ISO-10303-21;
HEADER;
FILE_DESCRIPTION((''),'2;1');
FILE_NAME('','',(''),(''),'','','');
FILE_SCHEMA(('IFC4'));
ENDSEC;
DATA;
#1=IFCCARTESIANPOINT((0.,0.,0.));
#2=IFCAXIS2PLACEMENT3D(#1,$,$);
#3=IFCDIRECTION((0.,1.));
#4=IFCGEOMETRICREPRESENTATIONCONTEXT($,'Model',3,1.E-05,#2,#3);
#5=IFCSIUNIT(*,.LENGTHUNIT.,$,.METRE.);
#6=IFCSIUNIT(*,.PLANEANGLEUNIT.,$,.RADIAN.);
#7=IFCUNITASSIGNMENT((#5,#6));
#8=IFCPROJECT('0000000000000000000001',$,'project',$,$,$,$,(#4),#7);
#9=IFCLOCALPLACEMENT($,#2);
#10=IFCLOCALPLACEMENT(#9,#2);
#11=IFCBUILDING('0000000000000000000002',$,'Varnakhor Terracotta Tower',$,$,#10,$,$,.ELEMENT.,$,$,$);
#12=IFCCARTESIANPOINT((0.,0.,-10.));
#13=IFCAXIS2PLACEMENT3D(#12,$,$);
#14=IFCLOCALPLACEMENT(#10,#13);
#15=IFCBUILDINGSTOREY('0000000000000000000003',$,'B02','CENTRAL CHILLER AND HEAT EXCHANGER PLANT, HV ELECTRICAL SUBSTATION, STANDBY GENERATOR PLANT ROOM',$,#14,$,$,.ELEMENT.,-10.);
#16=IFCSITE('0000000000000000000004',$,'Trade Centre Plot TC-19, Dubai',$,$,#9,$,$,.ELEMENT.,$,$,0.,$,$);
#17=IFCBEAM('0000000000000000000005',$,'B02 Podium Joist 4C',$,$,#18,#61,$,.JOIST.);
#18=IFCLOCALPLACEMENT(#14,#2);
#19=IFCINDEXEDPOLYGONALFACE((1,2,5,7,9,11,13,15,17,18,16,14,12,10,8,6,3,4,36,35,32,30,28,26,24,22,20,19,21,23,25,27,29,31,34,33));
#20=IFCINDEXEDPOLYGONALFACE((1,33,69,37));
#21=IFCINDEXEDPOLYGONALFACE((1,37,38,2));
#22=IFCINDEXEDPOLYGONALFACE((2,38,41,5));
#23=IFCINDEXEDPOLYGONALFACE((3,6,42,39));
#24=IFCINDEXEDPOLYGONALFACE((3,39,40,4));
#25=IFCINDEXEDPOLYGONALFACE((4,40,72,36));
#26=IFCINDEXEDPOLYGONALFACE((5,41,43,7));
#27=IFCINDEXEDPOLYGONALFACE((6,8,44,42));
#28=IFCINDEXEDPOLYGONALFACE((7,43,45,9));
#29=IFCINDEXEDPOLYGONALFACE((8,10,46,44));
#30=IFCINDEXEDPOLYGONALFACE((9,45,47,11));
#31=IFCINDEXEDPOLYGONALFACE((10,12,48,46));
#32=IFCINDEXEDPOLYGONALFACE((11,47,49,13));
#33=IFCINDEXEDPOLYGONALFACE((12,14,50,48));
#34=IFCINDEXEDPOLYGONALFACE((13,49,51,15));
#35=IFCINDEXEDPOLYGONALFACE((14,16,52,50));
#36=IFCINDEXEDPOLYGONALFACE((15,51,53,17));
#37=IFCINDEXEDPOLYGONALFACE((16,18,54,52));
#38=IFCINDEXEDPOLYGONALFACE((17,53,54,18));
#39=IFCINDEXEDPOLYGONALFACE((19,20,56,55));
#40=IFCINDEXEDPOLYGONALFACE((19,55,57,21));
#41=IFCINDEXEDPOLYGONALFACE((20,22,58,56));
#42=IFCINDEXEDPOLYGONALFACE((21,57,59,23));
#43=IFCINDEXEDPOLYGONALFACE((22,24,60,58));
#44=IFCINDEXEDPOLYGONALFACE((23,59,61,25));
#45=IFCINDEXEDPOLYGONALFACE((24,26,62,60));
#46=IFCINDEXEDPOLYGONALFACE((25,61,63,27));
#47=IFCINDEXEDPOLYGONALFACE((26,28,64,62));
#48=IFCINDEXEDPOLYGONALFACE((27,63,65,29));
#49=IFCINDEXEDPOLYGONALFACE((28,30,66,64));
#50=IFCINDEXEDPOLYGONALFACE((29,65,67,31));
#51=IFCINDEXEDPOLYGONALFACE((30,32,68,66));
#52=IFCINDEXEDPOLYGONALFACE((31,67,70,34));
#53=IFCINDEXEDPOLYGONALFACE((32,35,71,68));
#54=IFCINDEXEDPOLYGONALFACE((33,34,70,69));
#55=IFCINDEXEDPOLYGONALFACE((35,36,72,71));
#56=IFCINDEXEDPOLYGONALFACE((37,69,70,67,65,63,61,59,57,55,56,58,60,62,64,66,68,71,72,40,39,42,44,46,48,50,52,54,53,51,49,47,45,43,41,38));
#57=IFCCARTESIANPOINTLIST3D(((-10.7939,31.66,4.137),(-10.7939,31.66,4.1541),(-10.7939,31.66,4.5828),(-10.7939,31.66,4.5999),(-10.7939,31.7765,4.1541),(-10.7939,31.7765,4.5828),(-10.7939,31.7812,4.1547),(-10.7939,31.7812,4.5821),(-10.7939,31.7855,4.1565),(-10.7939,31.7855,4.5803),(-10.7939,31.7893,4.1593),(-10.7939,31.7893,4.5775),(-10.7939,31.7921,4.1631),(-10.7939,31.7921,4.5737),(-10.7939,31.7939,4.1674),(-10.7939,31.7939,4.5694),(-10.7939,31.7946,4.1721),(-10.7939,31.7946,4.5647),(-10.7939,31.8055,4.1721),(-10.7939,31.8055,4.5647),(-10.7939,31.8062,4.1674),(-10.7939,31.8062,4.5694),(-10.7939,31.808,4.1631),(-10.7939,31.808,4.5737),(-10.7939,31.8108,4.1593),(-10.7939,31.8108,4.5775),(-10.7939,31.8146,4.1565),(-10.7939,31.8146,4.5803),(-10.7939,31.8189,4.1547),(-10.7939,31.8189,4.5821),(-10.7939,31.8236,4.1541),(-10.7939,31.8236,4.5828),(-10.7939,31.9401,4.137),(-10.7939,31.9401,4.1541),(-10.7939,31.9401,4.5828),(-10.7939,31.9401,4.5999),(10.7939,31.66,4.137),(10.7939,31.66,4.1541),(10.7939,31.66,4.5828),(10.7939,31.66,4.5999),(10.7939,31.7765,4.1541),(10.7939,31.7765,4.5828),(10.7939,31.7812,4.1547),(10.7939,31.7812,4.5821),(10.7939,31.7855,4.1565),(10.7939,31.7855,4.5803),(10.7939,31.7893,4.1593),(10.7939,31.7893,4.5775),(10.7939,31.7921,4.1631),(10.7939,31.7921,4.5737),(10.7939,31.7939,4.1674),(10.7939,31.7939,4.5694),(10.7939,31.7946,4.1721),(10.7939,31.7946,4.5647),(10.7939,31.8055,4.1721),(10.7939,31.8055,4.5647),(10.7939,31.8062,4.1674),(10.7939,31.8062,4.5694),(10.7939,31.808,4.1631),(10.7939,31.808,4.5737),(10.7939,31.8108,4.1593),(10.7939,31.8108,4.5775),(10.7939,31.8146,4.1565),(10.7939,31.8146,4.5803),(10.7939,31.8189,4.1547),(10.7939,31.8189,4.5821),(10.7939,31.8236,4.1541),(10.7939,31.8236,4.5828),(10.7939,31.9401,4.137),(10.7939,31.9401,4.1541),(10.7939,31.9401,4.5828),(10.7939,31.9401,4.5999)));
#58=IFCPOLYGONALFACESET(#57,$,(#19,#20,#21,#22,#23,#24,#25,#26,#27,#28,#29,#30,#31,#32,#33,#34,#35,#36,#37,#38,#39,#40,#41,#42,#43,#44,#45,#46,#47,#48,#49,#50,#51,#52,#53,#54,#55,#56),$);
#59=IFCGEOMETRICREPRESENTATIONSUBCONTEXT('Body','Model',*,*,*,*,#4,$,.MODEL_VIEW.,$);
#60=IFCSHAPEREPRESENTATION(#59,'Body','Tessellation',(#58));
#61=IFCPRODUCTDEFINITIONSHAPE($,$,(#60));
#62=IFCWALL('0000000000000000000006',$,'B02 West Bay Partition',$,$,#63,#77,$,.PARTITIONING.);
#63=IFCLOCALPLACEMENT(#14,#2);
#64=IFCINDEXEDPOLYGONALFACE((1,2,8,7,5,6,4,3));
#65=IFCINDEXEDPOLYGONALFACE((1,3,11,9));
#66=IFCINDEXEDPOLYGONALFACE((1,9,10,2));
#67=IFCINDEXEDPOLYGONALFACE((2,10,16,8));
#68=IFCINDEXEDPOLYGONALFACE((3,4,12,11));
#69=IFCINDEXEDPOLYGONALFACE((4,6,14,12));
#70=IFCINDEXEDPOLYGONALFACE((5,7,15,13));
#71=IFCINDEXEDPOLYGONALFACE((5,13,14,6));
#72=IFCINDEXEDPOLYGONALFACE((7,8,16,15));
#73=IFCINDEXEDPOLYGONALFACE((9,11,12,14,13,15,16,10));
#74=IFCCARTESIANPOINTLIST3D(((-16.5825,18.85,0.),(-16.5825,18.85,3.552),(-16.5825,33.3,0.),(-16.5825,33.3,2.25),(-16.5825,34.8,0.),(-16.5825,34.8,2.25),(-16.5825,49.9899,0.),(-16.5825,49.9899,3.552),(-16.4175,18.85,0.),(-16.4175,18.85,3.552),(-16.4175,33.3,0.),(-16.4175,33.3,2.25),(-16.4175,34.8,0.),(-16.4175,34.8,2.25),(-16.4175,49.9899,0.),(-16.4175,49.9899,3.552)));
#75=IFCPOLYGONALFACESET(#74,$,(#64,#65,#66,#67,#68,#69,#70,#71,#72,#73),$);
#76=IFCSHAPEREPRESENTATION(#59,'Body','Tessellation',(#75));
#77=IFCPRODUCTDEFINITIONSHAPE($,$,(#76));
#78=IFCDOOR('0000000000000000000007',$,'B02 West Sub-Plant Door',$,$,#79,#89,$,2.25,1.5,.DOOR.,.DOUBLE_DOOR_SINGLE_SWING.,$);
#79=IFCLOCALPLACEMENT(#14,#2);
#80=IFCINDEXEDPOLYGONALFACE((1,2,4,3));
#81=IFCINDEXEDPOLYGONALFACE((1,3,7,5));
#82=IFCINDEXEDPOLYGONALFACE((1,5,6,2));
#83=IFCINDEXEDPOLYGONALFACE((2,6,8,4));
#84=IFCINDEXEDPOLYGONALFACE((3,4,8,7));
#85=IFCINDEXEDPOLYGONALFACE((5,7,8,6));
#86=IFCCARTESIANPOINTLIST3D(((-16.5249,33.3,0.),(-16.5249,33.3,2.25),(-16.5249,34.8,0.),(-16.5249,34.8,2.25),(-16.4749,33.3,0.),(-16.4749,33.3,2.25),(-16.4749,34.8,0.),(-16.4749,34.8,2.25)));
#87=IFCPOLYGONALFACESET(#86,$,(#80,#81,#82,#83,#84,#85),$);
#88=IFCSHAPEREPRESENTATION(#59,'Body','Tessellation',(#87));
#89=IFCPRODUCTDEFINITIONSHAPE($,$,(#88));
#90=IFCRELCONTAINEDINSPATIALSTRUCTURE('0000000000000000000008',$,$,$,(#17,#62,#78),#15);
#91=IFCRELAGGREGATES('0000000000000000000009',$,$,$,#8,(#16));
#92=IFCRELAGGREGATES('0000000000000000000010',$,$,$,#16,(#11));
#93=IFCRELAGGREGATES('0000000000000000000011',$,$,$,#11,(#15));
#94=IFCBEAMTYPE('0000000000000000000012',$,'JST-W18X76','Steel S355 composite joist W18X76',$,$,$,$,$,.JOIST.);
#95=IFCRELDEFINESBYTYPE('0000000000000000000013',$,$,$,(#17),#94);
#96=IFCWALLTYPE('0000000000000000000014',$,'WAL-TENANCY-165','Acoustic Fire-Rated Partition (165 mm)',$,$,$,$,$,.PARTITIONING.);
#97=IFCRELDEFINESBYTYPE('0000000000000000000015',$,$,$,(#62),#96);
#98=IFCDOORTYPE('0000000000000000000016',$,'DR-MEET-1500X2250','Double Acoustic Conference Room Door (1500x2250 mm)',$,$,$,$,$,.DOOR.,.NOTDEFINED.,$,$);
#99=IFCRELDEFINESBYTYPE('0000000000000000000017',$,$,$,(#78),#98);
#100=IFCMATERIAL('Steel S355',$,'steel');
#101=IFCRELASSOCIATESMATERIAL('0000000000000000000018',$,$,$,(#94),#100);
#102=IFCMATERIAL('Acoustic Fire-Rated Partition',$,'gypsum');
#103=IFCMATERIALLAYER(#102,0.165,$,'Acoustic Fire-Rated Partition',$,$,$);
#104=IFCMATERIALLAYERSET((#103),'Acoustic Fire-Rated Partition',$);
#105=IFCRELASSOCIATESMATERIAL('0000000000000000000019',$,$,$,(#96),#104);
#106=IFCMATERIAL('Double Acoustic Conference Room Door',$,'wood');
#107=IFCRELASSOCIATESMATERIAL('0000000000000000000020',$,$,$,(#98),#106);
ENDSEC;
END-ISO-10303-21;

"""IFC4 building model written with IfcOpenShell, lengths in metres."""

from ifc_helpers import new_model, si_unit, direction, frame, frame_2d, origin, origin_2d, place, context, subcontext, project, spatial, rectangle, i_section, extrude, source, transform, mapped, material, layer, layer_set, material_profile, profile_set, type_object, type_shapes, element, fill, save


model = new_model("IFC4")

# Units and contexts
model_context = context("Model", 3, precision=1e-05, world=origin(), true_north=direction((0.0, 1.0)))
body_context = subcontext(model_context, "Body", "Model", "MODEL_VIEW")
ifc_project = project(units=[si_unit("LENGTHUNIT", "METRE"), si_unit("PLANEANGLEUNIT", "RADIAN")], contexts=[model_context])

# Site, building, storey
site_placement = place(None, origin())
site = spatial("IfcSite", under=ifc_project, at=site_placement, Name="Trade Centre Plot TC-19, Dubai", CompositionType="ELEMENT", RefElevation=0.0)
building_placement = place(site_placement, origin())
building = spatial("IfcBuilding", under=site, at=building_placement, Name="Varnakhor Terracotta Tower", CompositionType="ELEMENT")
storey_placement = place(building_placement, frame((0.0, 0.0, -10.0)))
storey = spatial("IfcBuildingStorey", under=building, at=storey_placement, Name="B02", Description="CENTRAL CHILLER AND HEAT EXCHANGER PLANT, HV ELECTRICAL SUBSTATION, STANDBY GENERATOR PLANT ROOM", CompositionType="ELEMENT", Elevation=-10.0)

# Shared definitions
ifc_material_1 = material(Name="Steel S355", Category="steel")

# Beam
ifc_material_profile_1 = material_profile(ifc_material_1, i_section(OverallWidth=0.28, OverallDepth=0.4629, WebThickness=0.011, FlangeThickness=0.0171, FilletRadius=0.0181, at=origin_2d()), Name="W18X76")
ifc_profile_set_1 = profile_set([ifc_material_profile_1], Name="Steel S355")
beam_type = type_object("IfcBeamType", Name="JST-W18X76", Description="Steel S355 composite joist W18X76", PredefinedType="JOIST", material=ifc_profile_set_1)
shared_shape_1 = source(origin(), body_context, "Body", "SweptSolid", [
    extrude(i_section(OverallWidth=0.28, OverallDepth=0.4629, WebThickness=0.011, FlangeThickness=0.0171, FilletRadius=0.0181, at=origin_2d()), origin(), (0.0, 0.0, 1.0), 21.5879),
])
for number, where, z_axis, x_axis, name in (
    (1, (-10.7939, 31.8, 4.3684), (1.0, 0.0, 0.0), (0.0, 1.0, 0.0), "B02 Podium Joist 4C"),
):
    element("IfcBeam", number, at=place(storey_placement, frame(where, z_axis=z_axis, x_axis=x_axis)), inside=storey, type_object=beam_type, Name=name, PredefinedType="JOIST", context=body_context, shape_type="MappedRepresentation", body=[
        mapped(shared_shape_1, transform((0.0, 0.0, 0.0), scale=1.0)),
    ])

# Wall, opening, door
ifc_material_2 = material(Name="Acoustic Fire-Rated Partition", Category="gypsum")
ifc_layer_1 = layer(ifc_material_2, 0.165, Name="Acoustic Fire-Rated Partition")
ifc_layer_set_1 = layer_set([ifc_layer_1], Name="Acoustic Fire-Rated Partition")
wall_type = type_object("IfcWallType", Name="WAL-TENANCY-165", Description="Acoustic Fire-Rated Partition (165 mm)", PredefinedType="PARTITIONING", material=ifc_layer_set_1)
wall_placement = place(storey_placement, frame((-16.5, 18.8501, 0.0), z_axis=(0.0, 0.0, 1.0), x_axis=(0.0, 1.0, 0.0)))
wall = element("IfcWall", 2, at=wall_placement, inside=storey, type_object=wall_type, Name="B02 West Bay Partition", PredefinedType="PARTITIONING", context=body_context, shape_type="SweptSolid", body=[
    extrude(rectangle(XDim=31.1399, YDim=0.165, at=frame_2d((15.5698, 0.0))), origin(), (0.0, 0.0, 1.0), 3.552),
])
opening_placement = place(wall_placement, frame((14.45, 0.0, 0.0)))
opening = element("IfcOpeningElement", 3, at=opening_placement, cuts=wall, PredefinedType="OPENING", context=body_context, shape_type="SweptSolid", body=[
    extrude(rectangle(XDim=1.5, YDim=2.25, at=frame_2d((0.75, 1.125))), frame((0.0, 0.0925, 0.0), z_axis=(0.0, -1.0, 0.0), x_axis=(1.0, 0.0, 0.0)), (0.0, 0.0, 1.0), 0.1851),
])
ifc_material_3 = material(Name="Double Acoustic Conference Room Door", Category="wood")
door_type = type_object("IfcDoorType", Name="DR-MEET-1500X2250", Description="Double Acoustic Conference Room Door (1500x2250 mm)", OperationType="NOTDEFINED", PredefinedType="DOOR", material=ifc_material_3)
shared_shape_2 = source(origin(), body_context, "Body", "SweptSolid", [
    extrude(rectangle(XDim=1.5, YDim=2.25, at=frame_2d((0.75, 1.125))), frame((0.0, 0.0249, 0.0), z_axis=(0.0, -1.0, 0.0), x_axis=(1.0, 0.0, 0.0)), (0.0, 0.0, 1.0), 0.05),
])
type_shapes(door_type, [shared_shape_2])
door_placement = place(opening_placement, origin())
door = element("IfcDoor", 4, at=door_placement, inside=storey, type_object=door_type, Name="B02 West Sub-Plant Door", OperationType="DOUBLE_DOOR_SINGLE_SWING", OverallHeight=2.25, OverallWidth=1.5, PredefinedType="DOOR", context=body_context, shape_type="MappedRepresentation", body=[
    mapped(shared_shape_2, transform((0.0, 0.0, 0.0), scale=1.0)),
])
fill(opening, door)

save(model, "model.ifc")
